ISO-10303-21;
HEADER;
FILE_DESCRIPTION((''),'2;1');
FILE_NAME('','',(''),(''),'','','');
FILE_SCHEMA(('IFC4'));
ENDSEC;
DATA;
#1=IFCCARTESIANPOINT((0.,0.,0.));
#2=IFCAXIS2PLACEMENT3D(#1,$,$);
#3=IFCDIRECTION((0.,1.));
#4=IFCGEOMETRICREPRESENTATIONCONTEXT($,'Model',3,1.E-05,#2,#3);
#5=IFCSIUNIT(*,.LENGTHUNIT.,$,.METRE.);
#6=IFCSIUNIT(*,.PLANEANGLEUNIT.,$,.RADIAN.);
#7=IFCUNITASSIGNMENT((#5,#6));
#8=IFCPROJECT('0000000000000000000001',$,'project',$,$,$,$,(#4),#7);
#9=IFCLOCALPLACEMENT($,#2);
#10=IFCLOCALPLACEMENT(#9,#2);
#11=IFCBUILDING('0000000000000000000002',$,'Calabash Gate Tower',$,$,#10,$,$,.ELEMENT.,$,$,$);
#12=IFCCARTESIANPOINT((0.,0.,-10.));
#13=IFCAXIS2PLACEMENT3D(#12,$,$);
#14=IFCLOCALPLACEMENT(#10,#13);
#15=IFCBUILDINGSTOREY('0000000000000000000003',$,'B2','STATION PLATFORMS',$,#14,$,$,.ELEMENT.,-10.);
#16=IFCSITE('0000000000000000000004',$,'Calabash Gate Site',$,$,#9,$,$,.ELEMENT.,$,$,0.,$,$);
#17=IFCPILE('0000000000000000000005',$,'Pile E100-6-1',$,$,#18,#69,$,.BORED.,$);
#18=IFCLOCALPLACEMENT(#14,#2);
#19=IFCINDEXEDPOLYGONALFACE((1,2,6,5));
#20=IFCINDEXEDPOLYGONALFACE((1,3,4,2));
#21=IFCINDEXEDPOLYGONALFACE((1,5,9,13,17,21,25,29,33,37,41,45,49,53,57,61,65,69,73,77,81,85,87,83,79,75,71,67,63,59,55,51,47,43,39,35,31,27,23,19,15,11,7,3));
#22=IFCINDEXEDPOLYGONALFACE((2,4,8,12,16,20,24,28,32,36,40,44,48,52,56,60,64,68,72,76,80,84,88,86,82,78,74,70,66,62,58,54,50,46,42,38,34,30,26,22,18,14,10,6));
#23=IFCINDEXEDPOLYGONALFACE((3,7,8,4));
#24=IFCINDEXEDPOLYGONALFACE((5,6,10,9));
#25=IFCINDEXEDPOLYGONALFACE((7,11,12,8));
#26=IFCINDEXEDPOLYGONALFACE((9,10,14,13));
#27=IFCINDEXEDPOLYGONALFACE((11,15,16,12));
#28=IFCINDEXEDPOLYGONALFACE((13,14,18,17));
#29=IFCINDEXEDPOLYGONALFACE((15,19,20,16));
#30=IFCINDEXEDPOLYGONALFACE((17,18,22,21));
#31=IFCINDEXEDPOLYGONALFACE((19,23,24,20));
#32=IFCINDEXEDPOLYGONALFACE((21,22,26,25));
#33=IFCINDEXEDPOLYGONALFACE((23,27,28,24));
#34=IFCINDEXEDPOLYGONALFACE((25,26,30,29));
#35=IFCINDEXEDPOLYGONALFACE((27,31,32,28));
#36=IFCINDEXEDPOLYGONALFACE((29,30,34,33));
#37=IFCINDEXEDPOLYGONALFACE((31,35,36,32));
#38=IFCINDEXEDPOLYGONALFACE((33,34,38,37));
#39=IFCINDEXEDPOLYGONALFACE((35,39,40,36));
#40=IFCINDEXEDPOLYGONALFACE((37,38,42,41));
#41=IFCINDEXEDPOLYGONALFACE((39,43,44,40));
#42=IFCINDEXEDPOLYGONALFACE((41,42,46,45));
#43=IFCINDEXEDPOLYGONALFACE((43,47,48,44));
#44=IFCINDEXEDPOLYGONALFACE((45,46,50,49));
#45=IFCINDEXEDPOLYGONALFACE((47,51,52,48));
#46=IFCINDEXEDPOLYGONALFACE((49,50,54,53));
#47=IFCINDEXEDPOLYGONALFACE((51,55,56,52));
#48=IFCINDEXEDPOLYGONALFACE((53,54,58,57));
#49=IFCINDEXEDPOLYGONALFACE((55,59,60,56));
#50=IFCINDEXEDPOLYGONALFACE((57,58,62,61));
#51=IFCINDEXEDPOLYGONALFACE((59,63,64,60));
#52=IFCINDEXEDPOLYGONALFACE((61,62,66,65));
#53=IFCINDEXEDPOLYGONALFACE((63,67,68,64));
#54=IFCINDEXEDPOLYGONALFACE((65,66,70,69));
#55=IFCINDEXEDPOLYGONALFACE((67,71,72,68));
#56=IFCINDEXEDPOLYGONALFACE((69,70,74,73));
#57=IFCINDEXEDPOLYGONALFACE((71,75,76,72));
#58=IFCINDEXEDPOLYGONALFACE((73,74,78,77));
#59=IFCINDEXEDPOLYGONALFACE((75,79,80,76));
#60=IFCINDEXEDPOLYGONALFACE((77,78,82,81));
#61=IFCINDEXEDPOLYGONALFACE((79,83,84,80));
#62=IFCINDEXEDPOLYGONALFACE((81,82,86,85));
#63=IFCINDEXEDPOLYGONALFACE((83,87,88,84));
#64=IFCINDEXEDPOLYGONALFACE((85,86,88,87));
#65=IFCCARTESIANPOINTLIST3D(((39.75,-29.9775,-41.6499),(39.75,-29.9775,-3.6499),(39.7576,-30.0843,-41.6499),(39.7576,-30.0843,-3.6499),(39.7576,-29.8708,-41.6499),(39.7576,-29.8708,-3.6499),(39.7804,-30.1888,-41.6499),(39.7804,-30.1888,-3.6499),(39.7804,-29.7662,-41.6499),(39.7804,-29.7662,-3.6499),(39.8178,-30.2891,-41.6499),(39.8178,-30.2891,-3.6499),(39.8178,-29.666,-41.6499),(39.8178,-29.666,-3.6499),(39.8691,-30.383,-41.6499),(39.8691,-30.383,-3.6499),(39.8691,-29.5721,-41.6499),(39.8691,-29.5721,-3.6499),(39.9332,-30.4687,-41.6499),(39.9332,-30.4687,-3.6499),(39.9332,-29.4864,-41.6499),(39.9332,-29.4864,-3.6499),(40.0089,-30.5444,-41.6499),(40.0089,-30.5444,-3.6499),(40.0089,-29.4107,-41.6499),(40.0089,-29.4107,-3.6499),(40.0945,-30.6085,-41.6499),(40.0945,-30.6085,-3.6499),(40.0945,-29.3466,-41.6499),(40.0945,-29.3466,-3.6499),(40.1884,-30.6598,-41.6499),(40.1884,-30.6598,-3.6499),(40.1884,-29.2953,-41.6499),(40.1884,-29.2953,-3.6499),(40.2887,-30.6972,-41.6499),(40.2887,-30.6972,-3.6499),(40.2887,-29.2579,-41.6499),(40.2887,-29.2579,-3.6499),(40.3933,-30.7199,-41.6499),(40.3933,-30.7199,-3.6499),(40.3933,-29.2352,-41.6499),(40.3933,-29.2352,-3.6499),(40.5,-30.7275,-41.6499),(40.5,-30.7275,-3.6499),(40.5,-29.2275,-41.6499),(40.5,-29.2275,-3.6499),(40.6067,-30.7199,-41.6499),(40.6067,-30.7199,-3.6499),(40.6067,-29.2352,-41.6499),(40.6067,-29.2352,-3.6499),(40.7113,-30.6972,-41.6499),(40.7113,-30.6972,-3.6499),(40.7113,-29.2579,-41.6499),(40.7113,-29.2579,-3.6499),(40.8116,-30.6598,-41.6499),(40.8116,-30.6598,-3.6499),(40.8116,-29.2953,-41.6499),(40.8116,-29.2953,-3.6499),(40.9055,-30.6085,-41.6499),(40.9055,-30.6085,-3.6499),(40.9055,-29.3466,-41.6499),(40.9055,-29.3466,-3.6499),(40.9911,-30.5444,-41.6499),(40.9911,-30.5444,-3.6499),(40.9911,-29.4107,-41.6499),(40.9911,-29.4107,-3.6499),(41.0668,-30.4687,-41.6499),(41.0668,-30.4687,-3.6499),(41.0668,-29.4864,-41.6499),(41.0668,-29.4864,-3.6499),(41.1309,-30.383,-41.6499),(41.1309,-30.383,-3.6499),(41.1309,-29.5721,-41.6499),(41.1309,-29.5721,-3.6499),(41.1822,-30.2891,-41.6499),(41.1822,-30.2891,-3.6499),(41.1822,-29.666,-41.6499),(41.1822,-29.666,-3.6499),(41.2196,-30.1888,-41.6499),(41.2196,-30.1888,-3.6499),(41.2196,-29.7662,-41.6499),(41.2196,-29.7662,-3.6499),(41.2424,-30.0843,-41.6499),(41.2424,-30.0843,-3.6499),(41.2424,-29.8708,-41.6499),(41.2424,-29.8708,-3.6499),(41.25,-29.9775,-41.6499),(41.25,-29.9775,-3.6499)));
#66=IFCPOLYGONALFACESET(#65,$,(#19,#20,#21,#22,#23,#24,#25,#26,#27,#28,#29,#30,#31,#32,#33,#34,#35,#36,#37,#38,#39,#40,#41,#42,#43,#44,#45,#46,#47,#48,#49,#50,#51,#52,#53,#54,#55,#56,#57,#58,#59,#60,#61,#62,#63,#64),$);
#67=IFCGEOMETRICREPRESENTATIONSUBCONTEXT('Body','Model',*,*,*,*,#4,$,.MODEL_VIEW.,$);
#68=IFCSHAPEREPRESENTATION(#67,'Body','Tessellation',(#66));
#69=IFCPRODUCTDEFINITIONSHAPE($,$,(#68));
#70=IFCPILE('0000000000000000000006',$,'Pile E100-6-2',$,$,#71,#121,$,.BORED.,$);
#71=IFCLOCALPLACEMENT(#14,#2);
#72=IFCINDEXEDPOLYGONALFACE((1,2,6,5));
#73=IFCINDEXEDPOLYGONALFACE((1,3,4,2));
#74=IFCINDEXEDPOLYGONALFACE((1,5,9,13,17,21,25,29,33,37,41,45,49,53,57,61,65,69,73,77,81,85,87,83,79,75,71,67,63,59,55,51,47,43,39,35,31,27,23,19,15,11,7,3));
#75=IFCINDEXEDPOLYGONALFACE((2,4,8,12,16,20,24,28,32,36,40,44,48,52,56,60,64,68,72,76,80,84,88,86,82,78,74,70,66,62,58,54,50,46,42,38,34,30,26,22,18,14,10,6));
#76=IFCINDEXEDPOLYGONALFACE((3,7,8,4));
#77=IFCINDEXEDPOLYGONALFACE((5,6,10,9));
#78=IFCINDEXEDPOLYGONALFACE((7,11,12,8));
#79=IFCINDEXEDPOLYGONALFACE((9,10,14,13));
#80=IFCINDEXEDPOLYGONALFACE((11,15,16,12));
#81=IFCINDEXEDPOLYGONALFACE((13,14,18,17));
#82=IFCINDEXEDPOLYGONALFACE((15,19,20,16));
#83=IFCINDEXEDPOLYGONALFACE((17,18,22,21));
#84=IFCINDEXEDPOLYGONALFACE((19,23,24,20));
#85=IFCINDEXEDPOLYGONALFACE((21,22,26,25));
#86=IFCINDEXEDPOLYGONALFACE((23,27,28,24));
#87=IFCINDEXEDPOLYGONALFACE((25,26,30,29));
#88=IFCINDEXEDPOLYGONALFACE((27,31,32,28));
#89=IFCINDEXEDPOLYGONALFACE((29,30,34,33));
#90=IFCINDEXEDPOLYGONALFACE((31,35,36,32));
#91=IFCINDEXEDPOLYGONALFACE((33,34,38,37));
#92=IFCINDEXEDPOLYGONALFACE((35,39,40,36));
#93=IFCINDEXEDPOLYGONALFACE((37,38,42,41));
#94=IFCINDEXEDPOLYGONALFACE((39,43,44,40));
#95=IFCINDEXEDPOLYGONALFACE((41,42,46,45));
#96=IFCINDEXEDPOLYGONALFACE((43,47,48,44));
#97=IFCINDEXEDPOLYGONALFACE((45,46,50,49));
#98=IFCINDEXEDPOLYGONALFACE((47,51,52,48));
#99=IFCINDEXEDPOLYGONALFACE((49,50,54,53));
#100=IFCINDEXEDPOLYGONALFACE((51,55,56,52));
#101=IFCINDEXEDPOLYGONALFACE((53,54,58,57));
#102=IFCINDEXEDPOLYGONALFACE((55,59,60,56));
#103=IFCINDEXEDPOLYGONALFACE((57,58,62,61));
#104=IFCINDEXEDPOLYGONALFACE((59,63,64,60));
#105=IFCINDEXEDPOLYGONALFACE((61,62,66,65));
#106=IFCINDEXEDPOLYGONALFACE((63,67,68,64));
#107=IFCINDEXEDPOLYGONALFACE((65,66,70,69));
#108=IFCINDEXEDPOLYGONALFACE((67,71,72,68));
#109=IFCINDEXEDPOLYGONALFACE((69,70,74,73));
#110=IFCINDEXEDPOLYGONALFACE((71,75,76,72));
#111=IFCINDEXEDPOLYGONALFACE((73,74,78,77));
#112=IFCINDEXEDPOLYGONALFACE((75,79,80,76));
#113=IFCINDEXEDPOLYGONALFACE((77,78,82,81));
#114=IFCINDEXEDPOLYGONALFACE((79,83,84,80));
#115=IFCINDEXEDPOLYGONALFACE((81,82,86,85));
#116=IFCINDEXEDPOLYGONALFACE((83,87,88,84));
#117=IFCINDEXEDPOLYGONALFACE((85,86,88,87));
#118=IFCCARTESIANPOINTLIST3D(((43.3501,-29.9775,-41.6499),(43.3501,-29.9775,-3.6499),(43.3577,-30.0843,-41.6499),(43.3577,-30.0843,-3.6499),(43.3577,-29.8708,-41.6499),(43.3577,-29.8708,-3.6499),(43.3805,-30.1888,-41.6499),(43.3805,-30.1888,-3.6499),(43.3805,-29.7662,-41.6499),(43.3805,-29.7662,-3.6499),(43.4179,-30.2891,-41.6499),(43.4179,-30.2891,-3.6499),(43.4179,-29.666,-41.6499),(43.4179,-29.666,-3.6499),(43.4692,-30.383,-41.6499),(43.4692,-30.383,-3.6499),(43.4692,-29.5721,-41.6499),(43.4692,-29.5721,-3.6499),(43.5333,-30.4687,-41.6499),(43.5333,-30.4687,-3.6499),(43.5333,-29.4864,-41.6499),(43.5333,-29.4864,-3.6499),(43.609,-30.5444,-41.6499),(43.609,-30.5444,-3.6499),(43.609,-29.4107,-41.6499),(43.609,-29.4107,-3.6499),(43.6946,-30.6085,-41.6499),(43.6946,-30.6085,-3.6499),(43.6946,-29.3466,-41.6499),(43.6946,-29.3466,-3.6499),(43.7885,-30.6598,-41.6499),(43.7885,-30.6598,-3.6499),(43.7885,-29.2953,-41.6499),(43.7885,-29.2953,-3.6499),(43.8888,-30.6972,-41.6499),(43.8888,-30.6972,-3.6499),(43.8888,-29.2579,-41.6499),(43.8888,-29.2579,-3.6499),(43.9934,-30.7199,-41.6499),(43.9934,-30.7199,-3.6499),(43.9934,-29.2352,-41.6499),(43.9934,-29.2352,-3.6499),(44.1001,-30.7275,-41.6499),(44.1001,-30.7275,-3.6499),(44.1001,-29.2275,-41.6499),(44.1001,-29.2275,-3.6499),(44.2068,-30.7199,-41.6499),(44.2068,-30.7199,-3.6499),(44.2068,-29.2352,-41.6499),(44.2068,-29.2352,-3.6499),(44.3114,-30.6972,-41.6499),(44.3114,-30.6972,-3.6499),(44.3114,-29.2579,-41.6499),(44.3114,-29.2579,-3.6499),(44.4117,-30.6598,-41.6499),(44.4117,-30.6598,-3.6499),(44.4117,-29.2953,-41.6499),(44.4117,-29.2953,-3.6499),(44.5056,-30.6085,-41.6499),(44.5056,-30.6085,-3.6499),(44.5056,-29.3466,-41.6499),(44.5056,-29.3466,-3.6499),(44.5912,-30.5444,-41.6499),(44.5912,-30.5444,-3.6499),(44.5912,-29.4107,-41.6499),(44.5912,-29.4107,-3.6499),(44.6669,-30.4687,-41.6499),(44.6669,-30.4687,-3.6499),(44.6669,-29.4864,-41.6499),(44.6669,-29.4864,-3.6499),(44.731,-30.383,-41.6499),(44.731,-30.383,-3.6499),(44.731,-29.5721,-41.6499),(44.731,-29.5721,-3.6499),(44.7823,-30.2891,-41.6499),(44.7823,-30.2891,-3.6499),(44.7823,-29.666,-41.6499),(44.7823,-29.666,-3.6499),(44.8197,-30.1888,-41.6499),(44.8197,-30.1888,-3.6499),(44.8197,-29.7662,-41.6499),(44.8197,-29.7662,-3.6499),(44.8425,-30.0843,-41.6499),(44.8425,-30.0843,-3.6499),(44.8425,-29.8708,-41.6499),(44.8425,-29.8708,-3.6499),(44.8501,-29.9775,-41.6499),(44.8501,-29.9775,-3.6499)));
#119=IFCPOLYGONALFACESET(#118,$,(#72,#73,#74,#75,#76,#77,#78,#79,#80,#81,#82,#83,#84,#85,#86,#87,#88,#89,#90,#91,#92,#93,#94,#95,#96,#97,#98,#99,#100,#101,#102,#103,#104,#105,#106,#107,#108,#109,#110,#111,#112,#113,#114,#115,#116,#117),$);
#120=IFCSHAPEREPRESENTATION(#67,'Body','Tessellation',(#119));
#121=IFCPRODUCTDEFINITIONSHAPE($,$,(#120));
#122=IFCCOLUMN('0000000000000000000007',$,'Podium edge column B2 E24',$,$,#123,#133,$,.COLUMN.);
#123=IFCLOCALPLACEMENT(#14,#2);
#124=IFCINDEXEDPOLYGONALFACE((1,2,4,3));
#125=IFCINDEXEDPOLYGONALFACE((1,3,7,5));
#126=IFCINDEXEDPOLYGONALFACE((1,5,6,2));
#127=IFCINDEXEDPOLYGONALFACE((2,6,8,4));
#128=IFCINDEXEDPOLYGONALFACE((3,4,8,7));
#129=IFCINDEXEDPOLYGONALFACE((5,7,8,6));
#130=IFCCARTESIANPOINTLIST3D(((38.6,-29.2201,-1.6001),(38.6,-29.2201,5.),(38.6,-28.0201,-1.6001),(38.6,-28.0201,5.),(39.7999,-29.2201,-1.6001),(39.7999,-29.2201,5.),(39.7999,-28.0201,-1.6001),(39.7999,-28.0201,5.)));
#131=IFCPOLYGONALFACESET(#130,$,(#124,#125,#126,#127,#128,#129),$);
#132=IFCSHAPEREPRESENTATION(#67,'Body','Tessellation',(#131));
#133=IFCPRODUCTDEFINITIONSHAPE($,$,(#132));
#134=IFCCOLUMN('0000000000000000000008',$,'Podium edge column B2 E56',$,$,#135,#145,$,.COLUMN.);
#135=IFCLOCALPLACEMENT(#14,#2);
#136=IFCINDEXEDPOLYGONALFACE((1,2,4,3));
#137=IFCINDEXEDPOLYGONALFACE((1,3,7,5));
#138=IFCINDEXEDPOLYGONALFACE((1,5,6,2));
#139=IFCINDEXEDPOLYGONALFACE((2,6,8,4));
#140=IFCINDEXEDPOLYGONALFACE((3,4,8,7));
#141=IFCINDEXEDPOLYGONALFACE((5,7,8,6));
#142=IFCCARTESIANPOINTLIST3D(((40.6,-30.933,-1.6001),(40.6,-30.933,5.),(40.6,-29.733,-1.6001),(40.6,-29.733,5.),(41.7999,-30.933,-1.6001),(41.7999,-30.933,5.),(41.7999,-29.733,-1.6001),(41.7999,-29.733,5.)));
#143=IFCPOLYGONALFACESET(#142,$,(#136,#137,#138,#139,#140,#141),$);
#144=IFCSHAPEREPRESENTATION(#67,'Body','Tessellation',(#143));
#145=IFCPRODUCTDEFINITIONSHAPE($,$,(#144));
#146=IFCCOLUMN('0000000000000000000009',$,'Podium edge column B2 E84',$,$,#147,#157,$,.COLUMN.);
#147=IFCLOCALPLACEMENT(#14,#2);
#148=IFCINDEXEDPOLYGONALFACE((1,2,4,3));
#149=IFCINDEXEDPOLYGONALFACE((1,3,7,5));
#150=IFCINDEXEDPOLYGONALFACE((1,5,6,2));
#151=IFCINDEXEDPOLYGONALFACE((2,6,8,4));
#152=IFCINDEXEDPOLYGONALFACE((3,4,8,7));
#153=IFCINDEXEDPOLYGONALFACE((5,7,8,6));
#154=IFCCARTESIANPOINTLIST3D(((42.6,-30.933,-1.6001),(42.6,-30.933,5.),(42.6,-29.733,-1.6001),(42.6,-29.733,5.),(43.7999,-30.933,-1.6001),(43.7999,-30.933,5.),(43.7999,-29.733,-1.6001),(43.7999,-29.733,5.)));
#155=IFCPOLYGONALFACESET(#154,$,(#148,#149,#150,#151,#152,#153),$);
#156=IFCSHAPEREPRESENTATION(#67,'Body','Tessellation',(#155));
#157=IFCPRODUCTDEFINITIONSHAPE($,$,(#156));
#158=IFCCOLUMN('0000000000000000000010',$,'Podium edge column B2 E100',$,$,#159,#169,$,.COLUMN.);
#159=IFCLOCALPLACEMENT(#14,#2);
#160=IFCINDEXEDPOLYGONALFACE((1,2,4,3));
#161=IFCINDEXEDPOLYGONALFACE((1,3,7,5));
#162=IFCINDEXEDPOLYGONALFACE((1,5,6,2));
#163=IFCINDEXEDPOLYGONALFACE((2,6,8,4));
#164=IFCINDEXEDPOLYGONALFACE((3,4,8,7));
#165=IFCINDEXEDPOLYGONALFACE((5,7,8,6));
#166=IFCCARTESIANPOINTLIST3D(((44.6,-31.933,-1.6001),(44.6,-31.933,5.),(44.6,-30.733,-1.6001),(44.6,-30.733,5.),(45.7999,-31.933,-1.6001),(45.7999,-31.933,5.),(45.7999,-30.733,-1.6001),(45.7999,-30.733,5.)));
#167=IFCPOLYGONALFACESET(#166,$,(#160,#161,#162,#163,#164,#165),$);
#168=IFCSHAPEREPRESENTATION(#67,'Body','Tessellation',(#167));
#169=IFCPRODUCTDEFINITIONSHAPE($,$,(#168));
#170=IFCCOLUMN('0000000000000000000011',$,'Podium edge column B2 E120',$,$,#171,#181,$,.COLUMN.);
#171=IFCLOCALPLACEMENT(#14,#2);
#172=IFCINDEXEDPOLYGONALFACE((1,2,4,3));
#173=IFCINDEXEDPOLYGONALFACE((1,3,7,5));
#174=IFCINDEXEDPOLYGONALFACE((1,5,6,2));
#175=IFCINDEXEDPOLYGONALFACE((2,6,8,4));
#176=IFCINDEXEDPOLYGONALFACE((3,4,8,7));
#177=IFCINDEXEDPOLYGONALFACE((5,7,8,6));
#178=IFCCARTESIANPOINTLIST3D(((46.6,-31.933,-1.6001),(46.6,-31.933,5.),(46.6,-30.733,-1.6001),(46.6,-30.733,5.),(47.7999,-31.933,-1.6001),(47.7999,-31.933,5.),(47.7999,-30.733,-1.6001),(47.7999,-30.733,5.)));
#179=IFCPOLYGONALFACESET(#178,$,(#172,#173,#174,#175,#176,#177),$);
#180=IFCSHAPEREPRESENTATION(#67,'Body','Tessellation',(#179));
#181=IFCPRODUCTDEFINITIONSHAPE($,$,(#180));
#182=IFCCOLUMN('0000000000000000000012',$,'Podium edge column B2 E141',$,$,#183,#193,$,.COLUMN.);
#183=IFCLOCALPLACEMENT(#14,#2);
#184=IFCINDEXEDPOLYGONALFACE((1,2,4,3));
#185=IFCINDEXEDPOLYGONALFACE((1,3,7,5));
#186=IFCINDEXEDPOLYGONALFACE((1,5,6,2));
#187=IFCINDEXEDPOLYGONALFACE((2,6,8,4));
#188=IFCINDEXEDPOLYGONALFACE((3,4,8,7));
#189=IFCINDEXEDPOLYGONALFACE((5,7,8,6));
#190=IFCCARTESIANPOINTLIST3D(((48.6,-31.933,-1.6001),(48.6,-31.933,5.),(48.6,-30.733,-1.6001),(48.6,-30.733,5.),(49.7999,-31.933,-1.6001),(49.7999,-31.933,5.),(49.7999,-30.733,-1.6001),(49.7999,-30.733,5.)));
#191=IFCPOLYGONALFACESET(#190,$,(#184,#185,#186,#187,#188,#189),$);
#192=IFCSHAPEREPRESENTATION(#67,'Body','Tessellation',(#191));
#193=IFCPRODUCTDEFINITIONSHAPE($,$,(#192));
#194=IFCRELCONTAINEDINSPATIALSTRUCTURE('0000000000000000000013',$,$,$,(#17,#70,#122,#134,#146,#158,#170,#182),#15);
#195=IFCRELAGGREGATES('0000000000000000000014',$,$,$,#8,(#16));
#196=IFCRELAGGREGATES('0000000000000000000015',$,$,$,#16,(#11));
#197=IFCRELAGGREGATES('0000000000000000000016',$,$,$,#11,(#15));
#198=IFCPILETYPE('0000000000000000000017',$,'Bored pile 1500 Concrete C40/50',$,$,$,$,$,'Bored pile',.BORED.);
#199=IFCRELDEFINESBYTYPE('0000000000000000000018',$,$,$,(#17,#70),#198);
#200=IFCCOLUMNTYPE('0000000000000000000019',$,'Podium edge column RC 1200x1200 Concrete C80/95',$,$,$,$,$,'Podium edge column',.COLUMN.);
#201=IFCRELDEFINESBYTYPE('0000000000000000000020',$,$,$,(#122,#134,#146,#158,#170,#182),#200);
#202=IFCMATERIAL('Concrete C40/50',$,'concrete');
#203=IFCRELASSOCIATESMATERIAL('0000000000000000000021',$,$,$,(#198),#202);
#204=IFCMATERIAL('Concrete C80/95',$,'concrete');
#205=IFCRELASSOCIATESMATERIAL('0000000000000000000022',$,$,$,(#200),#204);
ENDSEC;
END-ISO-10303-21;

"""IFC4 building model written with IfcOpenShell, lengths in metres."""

from ifc_helpers import new_model, si_unit, direction, frame, origin, origin_2d, place, context, subcontext, project, spatial, rectangle, circle, extrude, material, material_profile, profile_set, type_object, element, save


model = new_model("IFC4")

# Units and contexts
model_context = context("Model", 3, precision=1e-05, world=origin(), true_north=direction((0.0, 1.0)))
body_context = subcontext(model_context, "Body", "Model", "MODEL_VIEW")
ifc_project = project(units=[si_unit("LENGTHUNIT", "METRE"), si_unit("PLANEANGLEUNIT", "RADIAN")], contexts=[model_context])

# Site, building, storey
site_placement = place(None, origin())
site = spatial("IfcSite", under=ifc_project, at=site_placement, Name="Calabash Gate Site", CompositionType="ELEMENT", RefElevation=0.0)
building_placement = place(site_placement, origin())
building = spatial("IfcBuilding", under=site, at=building_placement, Name="Calabash Gate Tower", CompositionType="ELEMENT")
storey_placement = place(building_placement, frame((0.0, 0.0, -10.0)))
storey = spatial("IfcBuildingStorey", under=building, at=storey_placement, Name="B2", Description="STATION PLATFORMS", CompositionType="ELEMENT", Elevation=-10.0)

# Piles
ifc_material_1 = material(Name="Concrete C40/50", Category="concrete")
ifc_material_profile_1 = material_profile(ifc_material_1, circle(Radius=0.75, at=origin_2d()))
ifc_profile_set_1 = profile_set([ifc_material_profile_1], Name="Concrete C40/50")
pile_type = type_object("IfcPileType", Name="Bored pile 1500 Concrete C40/50", ElementType="Bored pile", PredefinedType="BORED", material=ifc_profile_set_1)
for number, where, z_axis, x_axis, name in (
    (1, (40.5, -29.9775, -3.6499), (0.0, 0.0, -1.0), (1.0, 0.0, 0.0), "Pile E100-6-1"),
    (2, (44.1001, -29.9775, -3.6499), (0.0, 0.0, -1.0), (1.0, 0.0, 0.0), "Pile E100-6-2"),
):
    element("IfcPile", number, at=place(storey_placement, frame(where, z_axis=z_axis, x_axis=x_axis)), inside=storey, type_object=pile_type, Name=name, PredefinedType="BORED", context=body_context, shape_type="SweptSolid", body=[
        extrude(circle(Radius=0.75, at=origin_2d()), origin(), (0.0, 0.0, 1.0), 38.0),
    ])

# Columns
ifc_material_2 = material(Name="Concrete C80/95", Category="concrete")
ifc_material_profile_2 = material_profile(ifc_material_2, rectangle(XDim=1.2, YDim=1.2, at=origin_2d()))
ifc_profile_set_2 = profile_set([ifc_material_profile_2], Name="Concrete C80/95")
column_type = type_object("IfcColumnType", Name="Podium edge column RC 1200x1200 Concrete C80/95", ElementType="Podium edge column", PredefinedType="COLUMN", material=ifc_profile_set_2)
for number, where, z_axis, x_axis, name in (
    (3, (39.2, -28.6201, -1.6001), (0.0, 0.0, 1.0), (1.0, 0.0, 0.0), "Podium edge column B2 E24"),
    (4, (41.2, -30.333, -1.6001), (0.0, 0.0, 1.0), (1.0, 0.0, 0.0), "Podium edge column B2 E56"),
    (5, (43.2, -30.333, -1.6001), (0.0, 0.0, 1.0), (1.0, 0.0, 0.0), "Podium edge column B2 E84"),
    (6, (45.2, -31.333, -1.6001), (0.0, 0.0, 1.0), (1.0, 0.0, 0.0), "Podium edge column B2 E100"),
    (7, (47.2, -31.333, -1.6001), (0.0, 0.0, 1.0), (1.0, 0.0, 0.0), "Podium edge column B2 E120"),
    (8, (49.2, -31.333, -1.6001), (0.0, 0.0, 1.0), (1.0, 0.0, 0.0), "Podium edge column B2 E141"),
):
    element("IfcColumn", number, at=place(storey_placement, frame(where, z_axis=z_axis, x_axis=x_axis)), inside=storey, type_object=column_type, Name=name, PredefinedType="COLUMN", context=body_context, shape_type="SweptSolid", body=[
        extrude(rectangle(XDim=1.2, YDim=1.2, at=origin_2d()), origin(), (0.0, 0.0, 1.0), 6.6001),
    ])

save(model, "model.ifc")
